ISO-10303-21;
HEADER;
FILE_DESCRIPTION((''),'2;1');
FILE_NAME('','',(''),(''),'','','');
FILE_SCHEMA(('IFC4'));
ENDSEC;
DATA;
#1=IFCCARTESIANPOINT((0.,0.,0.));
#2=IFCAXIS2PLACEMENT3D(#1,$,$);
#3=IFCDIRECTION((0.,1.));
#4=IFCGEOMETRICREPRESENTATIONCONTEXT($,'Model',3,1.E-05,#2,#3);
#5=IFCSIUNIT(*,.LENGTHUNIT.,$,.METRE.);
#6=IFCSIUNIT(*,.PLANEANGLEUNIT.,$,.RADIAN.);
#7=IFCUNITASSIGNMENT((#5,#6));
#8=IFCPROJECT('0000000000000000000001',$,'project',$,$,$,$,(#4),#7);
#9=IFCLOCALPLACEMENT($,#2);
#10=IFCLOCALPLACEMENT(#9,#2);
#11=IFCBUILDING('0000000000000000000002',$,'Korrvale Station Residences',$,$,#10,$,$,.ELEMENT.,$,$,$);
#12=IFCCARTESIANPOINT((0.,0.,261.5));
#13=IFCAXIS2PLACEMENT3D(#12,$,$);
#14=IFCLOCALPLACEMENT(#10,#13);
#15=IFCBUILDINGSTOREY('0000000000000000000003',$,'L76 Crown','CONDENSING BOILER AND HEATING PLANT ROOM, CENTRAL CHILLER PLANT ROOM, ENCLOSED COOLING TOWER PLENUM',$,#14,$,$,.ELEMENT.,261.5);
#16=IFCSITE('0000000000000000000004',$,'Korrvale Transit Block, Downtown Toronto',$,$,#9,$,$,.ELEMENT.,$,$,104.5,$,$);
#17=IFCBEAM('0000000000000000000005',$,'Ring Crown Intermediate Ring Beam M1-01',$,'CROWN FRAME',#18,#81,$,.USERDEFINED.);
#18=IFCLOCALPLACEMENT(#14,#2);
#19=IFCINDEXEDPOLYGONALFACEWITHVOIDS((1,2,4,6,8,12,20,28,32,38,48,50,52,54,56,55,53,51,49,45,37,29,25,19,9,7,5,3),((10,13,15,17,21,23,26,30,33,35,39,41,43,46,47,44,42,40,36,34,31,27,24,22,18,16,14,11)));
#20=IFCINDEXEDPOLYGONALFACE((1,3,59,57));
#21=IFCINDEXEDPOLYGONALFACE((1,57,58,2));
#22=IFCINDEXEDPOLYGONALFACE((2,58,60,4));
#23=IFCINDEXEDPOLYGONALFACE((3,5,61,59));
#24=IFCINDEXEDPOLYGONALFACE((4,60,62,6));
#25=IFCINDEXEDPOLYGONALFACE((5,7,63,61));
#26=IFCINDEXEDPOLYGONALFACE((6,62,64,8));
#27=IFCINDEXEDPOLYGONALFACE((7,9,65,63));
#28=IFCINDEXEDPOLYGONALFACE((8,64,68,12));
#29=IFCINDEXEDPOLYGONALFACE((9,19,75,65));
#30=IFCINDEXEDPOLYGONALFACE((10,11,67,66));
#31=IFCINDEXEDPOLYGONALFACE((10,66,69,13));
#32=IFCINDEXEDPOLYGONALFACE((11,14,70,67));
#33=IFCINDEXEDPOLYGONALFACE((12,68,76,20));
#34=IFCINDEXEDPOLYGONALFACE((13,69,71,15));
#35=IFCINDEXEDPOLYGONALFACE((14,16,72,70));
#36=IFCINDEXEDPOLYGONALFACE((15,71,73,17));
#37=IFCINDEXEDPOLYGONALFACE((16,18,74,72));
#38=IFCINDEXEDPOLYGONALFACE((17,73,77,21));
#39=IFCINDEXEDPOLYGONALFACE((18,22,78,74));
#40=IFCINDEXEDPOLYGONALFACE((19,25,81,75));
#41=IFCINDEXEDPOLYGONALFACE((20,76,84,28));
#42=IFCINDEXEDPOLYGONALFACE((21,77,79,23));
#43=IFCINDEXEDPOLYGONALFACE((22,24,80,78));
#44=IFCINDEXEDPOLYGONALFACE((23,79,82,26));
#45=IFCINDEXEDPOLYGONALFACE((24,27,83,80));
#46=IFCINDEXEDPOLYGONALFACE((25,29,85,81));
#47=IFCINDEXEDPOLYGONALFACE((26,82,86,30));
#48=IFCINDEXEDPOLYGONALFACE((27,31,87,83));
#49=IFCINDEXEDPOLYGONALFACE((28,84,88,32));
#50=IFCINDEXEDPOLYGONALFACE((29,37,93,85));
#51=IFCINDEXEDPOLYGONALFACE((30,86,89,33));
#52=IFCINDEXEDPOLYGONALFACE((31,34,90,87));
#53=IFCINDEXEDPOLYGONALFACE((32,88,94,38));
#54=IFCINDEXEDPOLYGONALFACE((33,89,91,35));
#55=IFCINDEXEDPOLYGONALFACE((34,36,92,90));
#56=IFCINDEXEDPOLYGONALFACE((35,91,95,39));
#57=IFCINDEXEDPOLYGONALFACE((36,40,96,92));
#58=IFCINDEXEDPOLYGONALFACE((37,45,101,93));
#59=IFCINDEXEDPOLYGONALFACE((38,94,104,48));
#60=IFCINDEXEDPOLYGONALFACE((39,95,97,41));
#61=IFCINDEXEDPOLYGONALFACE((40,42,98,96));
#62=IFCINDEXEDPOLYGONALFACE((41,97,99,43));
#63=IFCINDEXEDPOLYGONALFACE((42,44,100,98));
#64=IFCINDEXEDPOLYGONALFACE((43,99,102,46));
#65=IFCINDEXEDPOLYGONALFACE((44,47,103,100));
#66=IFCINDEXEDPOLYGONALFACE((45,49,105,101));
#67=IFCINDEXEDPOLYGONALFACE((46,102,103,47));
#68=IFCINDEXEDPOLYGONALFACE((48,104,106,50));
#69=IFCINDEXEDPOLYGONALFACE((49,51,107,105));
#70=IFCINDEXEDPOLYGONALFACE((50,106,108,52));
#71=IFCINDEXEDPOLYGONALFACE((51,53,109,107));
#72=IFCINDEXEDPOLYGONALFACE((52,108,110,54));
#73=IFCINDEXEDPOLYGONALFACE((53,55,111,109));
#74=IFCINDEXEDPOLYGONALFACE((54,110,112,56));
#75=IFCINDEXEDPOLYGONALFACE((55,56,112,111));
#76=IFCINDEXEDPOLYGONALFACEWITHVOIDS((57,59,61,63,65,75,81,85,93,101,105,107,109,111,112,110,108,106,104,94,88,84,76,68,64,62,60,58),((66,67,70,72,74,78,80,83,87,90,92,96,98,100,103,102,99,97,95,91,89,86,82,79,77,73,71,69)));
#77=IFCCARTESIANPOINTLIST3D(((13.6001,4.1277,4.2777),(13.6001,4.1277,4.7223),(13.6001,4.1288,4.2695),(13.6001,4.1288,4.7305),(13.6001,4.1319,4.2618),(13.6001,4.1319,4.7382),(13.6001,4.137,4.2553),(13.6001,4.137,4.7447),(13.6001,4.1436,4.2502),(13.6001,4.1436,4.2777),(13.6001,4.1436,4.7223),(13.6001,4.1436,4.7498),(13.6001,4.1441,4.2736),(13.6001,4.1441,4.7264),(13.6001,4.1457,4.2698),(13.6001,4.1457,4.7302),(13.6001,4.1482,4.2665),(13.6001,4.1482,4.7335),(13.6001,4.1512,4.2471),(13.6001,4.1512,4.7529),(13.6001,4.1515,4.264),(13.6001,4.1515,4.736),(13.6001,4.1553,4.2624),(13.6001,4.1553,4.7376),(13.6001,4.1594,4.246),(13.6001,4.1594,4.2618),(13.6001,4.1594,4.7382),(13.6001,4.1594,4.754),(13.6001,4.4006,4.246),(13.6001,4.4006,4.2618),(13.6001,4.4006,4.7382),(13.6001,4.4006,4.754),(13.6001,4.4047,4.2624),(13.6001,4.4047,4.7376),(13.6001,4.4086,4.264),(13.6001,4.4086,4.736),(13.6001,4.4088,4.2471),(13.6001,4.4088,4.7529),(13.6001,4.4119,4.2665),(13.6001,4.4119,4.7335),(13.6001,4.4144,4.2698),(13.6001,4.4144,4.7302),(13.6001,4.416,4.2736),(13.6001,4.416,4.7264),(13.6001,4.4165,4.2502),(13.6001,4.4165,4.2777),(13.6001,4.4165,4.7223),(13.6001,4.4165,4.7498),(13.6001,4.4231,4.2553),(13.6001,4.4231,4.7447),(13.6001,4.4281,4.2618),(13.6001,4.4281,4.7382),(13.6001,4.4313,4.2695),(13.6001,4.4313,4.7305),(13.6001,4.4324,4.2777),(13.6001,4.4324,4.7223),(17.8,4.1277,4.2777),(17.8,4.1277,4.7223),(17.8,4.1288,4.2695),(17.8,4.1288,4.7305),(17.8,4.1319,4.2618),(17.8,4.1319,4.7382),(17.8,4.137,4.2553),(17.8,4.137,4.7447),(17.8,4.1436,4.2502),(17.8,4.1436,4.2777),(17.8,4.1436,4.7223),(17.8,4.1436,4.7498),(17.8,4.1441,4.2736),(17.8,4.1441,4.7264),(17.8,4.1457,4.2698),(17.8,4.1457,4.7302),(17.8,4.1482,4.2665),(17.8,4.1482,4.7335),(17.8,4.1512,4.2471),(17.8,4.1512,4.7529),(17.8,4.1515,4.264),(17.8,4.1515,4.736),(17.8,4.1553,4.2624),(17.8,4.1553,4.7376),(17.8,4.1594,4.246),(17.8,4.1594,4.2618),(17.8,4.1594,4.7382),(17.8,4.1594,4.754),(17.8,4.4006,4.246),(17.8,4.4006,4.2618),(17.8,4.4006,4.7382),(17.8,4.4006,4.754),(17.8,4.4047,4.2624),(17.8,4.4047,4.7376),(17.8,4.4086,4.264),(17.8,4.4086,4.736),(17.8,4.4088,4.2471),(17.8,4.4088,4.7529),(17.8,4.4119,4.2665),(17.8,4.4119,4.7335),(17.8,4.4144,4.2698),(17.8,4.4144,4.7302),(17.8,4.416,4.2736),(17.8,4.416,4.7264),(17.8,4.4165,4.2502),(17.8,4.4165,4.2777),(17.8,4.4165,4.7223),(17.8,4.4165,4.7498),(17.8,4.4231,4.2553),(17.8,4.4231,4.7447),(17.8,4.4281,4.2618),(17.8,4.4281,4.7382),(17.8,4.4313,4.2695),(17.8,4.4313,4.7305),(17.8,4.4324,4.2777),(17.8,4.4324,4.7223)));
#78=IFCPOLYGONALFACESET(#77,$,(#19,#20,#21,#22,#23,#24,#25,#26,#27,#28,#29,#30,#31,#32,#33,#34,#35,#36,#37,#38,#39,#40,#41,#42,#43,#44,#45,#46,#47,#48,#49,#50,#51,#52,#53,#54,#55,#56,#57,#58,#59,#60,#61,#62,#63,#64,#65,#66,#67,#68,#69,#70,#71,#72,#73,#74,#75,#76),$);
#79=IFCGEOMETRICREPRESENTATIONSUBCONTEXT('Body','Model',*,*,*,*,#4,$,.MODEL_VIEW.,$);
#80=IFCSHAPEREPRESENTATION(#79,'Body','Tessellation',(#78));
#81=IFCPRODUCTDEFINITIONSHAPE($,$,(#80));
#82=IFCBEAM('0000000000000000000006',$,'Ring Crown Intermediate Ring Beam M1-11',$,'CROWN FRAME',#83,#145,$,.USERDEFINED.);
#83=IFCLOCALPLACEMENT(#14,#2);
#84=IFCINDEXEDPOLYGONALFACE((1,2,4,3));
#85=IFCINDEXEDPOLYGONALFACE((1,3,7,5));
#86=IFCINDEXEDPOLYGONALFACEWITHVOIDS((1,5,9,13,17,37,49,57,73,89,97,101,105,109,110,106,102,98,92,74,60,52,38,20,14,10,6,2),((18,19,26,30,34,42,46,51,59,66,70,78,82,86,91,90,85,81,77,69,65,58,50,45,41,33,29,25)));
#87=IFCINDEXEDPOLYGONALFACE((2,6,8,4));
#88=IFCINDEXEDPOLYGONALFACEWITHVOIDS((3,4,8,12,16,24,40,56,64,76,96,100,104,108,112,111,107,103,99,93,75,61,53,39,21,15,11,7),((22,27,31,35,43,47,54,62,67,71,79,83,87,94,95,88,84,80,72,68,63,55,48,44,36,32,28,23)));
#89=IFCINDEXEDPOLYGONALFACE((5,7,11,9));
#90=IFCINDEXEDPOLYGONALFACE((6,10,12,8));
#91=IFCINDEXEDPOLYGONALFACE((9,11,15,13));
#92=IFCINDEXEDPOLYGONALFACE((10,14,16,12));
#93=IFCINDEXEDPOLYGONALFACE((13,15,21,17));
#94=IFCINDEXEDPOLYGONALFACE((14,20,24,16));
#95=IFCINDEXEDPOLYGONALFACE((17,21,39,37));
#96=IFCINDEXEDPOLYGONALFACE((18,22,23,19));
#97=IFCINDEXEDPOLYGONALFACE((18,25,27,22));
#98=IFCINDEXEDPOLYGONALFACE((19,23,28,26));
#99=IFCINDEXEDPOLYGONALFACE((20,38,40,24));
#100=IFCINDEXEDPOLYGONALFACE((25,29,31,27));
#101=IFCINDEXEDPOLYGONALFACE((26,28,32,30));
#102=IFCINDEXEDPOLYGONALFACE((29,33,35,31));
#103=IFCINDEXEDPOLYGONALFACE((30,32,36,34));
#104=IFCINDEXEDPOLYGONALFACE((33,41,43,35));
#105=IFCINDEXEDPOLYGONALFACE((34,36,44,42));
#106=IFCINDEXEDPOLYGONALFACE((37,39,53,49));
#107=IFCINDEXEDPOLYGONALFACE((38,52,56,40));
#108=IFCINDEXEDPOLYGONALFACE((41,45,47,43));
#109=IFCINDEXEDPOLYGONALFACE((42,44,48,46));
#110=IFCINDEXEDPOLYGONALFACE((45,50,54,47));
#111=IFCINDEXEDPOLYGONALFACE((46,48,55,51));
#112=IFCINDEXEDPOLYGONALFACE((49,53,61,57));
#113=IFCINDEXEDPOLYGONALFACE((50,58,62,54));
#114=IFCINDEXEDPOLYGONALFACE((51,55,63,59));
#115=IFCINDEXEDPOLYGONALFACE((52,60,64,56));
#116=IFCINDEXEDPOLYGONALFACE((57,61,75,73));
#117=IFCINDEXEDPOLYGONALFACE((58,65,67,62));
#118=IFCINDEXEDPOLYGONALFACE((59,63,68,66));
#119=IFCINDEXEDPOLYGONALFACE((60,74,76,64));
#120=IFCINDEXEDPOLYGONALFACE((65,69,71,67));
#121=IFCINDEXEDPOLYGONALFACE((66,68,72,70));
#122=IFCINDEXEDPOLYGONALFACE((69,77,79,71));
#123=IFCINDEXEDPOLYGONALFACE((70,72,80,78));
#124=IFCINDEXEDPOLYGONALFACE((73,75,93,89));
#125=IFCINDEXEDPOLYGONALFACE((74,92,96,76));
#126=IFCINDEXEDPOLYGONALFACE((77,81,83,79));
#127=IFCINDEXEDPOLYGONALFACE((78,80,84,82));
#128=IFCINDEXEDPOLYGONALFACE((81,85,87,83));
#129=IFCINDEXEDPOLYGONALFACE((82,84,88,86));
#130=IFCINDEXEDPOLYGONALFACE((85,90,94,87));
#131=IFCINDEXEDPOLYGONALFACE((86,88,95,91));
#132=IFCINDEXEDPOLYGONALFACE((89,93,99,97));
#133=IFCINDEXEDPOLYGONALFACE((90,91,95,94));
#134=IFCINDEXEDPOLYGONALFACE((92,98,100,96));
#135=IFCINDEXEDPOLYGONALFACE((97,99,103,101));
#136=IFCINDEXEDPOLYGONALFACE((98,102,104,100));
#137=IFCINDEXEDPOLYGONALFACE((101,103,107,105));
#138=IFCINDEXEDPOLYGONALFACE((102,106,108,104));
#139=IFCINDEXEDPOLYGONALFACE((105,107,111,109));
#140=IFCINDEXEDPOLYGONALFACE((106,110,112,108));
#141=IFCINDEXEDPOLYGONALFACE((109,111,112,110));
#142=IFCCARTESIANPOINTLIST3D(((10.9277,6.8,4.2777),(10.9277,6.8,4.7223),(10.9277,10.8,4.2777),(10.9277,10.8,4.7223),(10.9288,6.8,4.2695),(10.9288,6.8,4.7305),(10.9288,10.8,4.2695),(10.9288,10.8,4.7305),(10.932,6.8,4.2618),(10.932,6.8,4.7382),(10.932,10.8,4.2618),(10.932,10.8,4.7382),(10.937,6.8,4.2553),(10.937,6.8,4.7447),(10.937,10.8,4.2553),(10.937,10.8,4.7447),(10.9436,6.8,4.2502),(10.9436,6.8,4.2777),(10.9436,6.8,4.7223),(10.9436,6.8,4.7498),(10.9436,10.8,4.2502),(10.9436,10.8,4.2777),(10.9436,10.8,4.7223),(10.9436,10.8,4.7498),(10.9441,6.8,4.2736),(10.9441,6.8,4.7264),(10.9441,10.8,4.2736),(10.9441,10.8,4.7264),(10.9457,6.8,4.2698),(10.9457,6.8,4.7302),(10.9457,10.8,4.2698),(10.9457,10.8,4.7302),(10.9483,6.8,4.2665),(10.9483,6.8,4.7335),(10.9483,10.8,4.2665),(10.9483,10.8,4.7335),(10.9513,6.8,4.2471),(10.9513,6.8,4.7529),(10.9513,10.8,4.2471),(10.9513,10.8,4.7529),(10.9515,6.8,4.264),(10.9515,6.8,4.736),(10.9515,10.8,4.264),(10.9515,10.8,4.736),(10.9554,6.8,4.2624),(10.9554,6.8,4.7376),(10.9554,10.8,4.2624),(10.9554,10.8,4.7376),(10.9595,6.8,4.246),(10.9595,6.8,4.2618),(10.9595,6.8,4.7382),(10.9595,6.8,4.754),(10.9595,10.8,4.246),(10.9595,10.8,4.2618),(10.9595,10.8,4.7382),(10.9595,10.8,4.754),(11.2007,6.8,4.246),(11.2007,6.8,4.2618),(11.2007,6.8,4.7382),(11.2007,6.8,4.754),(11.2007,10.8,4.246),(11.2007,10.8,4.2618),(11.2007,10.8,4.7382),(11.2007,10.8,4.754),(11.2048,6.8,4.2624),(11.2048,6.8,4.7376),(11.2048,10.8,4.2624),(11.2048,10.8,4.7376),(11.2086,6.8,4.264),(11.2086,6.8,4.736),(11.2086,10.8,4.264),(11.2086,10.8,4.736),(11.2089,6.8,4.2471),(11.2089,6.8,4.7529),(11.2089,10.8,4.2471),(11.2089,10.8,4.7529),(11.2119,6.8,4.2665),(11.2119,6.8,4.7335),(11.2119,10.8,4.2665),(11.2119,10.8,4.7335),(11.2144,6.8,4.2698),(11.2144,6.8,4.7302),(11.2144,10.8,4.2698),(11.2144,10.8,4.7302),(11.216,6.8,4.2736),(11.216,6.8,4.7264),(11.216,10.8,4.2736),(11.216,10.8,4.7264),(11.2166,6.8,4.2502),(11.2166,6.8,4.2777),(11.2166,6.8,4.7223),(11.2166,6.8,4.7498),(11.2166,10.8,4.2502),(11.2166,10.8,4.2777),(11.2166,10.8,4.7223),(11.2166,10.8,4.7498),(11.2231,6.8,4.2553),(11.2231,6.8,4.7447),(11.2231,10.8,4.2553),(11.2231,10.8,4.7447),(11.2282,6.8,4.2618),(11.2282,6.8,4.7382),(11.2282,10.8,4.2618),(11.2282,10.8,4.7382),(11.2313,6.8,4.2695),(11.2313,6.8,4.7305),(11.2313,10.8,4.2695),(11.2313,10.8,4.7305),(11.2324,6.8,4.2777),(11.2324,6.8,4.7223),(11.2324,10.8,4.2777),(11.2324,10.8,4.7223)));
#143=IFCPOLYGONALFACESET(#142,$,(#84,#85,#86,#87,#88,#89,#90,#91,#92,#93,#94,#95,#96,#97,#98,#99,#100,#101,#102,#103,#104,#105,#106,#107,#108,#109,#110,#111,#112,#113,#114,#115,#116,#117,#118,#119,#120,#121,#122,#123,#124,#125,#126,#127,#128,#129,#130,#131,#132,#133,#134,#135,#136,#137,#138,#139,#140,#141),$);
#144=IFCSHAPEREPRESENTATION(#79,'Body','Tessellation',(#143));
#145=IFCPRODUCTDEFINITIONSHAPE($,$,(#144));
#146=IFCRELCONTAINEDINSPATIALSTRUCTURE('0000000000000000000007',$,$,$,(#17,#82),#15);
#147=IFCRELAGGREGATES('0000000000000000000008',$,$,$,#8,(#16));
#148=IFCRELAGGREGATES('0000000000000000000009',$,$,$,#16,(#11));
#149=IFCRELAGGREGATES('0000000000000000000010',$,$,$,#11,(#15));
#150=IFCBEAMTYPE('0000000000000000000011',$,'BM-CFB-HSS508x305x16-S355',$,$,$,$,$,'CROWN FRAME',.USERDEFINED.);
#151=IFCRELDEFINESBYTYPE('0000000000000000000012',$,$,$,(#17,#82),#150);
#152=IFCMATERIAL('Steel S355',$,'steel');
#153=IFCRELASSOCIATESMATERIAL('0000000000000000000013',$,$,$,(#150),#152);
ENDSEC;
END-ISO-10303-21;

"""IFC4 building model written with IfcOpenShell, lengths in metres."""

from ifc_helpers import new_model, si_unit, direction, frame, origin, origin_2d, place, context, subcontext, project, spatial, hollow_rectangle, extrude, material, material_profile, profile_set, type_object, element, save


model = new_model("IFC4")

# Units and contexts
model_context = context("Model", 3, precision=1e-05, world=origin(), true_north=direction((0.0, 1.0)))
body_context = subcontext(model_context, "Body", "Model", "MODEL_VIEW")
ifc_project = project(units=[si_unit("LENGTHUNIT", "METRE"), si_unit("PLANEANGLEUNIT", "RADIAN")], contexts=[model_context])

# Site, building, storey
site_placement = place(None, origin())
site = spatial("IfcSite", under=ifc_project, at=site_placement, Name="Korrvale Transit Block, Downtown Toronto", CompositionType="ELEMENT", RefElevation=104.5)
building_placement = place(site_placement, origin())
building = spatial("IfcBuilding", under=site, at=building_placement, Name="Korrvale Station Residences", CompositionType="ELEMENT")
storey_placement = place(building_placement, frame((0.0, 0.0, 261.5)))
storey = spatial("IfcBuildingStorey", under=building, at=storey_placement, Name="L76 Crown", Description="CONDENSING BOILER AND HEATING PLANT ROOM, CENTRAL CHILLER PLANT ROOM, ENCLOSED COOLING TOWER PLENUM", CompositionType="ELEMENT", Elevation=261.5)

# Shared definitions
ifc_material_1 = material(Name="Steel S355", Category="steel")

# Beams
ifc_material_profile_1 = material_profile(ifc_material_1, hollow_rectangle(XDim=0.3047, YDim=0.5081, WallThickness=0.0159, InnerFilletRadius=0.0159, OuterFilletRadius=0.0317, at=origin_2d()), Name="HSS508x305x16")
ifc_profile_set_1 = profile_set([ifc_material_profile_1], Name="Steel S355")
beam_type = type_object("IfcBeamType", Name="BM-CFB-HSS508x305x16-S355", ElementType="CROWN FRAME", PredefinedType="USERDEFINED", material=ifc_profile_set_1)
beam_placement = place(storey_placement, frame((13.6001, 4.28, 4.5), z_axis=(1.0, 0.0, 0.0), x_axis=(0.0, 1.0, 0.0)))
element("IfcBeam", 1, at=beam_placement, inside=storey, type_object=beam_type, Name="Ring Crown Intermediate Ring Beam M1-01", ObjectType="CROWN FRAME", PredefinedType="USERDEFINED", context=body_context, shape_type="SweptSolid", body=[
    extrude(hollow_rectangle(XDim=0.3047, YDim=0.5081, WallThickness=0.0159, InnerFilletRadius=0.0159, OuterFilletRadius=0.0317, at=origin_2d()), origin(), (0.0, 0.0, 1.0), 4.2),
])
for number, where, z_axis, x_axis, name in (
    (2, (11.0801, 6.8, 4.5), (0.0, 1.0, 0.0), (-1.0, 0.0, 0.0), "Ring Crown Intermediate Ring Beam M1-11"),
):
    element("IfcBeam", number, at=place(storey_placement, frame(where, z_axis=z_axis, x_axis=x_axis)), inside=storey, type_object=beam_type, Name=name, ObjectType="CROWN FRAME", PredefinedType="USERDEFINED", context=body_context, shape_type="SweptSolid", body=[
        extrude(hollow_rectangle(XDim=0.3047, YDim=0.5081, WallThickness=0.0159, InnerFilletRadius=0.0159, OuterFilletRadius=0.0317, at=origin_2d()), origin(), (0.0, 0.0, 1.0), 4.0),
    ])

save(model, "model.ifc")
